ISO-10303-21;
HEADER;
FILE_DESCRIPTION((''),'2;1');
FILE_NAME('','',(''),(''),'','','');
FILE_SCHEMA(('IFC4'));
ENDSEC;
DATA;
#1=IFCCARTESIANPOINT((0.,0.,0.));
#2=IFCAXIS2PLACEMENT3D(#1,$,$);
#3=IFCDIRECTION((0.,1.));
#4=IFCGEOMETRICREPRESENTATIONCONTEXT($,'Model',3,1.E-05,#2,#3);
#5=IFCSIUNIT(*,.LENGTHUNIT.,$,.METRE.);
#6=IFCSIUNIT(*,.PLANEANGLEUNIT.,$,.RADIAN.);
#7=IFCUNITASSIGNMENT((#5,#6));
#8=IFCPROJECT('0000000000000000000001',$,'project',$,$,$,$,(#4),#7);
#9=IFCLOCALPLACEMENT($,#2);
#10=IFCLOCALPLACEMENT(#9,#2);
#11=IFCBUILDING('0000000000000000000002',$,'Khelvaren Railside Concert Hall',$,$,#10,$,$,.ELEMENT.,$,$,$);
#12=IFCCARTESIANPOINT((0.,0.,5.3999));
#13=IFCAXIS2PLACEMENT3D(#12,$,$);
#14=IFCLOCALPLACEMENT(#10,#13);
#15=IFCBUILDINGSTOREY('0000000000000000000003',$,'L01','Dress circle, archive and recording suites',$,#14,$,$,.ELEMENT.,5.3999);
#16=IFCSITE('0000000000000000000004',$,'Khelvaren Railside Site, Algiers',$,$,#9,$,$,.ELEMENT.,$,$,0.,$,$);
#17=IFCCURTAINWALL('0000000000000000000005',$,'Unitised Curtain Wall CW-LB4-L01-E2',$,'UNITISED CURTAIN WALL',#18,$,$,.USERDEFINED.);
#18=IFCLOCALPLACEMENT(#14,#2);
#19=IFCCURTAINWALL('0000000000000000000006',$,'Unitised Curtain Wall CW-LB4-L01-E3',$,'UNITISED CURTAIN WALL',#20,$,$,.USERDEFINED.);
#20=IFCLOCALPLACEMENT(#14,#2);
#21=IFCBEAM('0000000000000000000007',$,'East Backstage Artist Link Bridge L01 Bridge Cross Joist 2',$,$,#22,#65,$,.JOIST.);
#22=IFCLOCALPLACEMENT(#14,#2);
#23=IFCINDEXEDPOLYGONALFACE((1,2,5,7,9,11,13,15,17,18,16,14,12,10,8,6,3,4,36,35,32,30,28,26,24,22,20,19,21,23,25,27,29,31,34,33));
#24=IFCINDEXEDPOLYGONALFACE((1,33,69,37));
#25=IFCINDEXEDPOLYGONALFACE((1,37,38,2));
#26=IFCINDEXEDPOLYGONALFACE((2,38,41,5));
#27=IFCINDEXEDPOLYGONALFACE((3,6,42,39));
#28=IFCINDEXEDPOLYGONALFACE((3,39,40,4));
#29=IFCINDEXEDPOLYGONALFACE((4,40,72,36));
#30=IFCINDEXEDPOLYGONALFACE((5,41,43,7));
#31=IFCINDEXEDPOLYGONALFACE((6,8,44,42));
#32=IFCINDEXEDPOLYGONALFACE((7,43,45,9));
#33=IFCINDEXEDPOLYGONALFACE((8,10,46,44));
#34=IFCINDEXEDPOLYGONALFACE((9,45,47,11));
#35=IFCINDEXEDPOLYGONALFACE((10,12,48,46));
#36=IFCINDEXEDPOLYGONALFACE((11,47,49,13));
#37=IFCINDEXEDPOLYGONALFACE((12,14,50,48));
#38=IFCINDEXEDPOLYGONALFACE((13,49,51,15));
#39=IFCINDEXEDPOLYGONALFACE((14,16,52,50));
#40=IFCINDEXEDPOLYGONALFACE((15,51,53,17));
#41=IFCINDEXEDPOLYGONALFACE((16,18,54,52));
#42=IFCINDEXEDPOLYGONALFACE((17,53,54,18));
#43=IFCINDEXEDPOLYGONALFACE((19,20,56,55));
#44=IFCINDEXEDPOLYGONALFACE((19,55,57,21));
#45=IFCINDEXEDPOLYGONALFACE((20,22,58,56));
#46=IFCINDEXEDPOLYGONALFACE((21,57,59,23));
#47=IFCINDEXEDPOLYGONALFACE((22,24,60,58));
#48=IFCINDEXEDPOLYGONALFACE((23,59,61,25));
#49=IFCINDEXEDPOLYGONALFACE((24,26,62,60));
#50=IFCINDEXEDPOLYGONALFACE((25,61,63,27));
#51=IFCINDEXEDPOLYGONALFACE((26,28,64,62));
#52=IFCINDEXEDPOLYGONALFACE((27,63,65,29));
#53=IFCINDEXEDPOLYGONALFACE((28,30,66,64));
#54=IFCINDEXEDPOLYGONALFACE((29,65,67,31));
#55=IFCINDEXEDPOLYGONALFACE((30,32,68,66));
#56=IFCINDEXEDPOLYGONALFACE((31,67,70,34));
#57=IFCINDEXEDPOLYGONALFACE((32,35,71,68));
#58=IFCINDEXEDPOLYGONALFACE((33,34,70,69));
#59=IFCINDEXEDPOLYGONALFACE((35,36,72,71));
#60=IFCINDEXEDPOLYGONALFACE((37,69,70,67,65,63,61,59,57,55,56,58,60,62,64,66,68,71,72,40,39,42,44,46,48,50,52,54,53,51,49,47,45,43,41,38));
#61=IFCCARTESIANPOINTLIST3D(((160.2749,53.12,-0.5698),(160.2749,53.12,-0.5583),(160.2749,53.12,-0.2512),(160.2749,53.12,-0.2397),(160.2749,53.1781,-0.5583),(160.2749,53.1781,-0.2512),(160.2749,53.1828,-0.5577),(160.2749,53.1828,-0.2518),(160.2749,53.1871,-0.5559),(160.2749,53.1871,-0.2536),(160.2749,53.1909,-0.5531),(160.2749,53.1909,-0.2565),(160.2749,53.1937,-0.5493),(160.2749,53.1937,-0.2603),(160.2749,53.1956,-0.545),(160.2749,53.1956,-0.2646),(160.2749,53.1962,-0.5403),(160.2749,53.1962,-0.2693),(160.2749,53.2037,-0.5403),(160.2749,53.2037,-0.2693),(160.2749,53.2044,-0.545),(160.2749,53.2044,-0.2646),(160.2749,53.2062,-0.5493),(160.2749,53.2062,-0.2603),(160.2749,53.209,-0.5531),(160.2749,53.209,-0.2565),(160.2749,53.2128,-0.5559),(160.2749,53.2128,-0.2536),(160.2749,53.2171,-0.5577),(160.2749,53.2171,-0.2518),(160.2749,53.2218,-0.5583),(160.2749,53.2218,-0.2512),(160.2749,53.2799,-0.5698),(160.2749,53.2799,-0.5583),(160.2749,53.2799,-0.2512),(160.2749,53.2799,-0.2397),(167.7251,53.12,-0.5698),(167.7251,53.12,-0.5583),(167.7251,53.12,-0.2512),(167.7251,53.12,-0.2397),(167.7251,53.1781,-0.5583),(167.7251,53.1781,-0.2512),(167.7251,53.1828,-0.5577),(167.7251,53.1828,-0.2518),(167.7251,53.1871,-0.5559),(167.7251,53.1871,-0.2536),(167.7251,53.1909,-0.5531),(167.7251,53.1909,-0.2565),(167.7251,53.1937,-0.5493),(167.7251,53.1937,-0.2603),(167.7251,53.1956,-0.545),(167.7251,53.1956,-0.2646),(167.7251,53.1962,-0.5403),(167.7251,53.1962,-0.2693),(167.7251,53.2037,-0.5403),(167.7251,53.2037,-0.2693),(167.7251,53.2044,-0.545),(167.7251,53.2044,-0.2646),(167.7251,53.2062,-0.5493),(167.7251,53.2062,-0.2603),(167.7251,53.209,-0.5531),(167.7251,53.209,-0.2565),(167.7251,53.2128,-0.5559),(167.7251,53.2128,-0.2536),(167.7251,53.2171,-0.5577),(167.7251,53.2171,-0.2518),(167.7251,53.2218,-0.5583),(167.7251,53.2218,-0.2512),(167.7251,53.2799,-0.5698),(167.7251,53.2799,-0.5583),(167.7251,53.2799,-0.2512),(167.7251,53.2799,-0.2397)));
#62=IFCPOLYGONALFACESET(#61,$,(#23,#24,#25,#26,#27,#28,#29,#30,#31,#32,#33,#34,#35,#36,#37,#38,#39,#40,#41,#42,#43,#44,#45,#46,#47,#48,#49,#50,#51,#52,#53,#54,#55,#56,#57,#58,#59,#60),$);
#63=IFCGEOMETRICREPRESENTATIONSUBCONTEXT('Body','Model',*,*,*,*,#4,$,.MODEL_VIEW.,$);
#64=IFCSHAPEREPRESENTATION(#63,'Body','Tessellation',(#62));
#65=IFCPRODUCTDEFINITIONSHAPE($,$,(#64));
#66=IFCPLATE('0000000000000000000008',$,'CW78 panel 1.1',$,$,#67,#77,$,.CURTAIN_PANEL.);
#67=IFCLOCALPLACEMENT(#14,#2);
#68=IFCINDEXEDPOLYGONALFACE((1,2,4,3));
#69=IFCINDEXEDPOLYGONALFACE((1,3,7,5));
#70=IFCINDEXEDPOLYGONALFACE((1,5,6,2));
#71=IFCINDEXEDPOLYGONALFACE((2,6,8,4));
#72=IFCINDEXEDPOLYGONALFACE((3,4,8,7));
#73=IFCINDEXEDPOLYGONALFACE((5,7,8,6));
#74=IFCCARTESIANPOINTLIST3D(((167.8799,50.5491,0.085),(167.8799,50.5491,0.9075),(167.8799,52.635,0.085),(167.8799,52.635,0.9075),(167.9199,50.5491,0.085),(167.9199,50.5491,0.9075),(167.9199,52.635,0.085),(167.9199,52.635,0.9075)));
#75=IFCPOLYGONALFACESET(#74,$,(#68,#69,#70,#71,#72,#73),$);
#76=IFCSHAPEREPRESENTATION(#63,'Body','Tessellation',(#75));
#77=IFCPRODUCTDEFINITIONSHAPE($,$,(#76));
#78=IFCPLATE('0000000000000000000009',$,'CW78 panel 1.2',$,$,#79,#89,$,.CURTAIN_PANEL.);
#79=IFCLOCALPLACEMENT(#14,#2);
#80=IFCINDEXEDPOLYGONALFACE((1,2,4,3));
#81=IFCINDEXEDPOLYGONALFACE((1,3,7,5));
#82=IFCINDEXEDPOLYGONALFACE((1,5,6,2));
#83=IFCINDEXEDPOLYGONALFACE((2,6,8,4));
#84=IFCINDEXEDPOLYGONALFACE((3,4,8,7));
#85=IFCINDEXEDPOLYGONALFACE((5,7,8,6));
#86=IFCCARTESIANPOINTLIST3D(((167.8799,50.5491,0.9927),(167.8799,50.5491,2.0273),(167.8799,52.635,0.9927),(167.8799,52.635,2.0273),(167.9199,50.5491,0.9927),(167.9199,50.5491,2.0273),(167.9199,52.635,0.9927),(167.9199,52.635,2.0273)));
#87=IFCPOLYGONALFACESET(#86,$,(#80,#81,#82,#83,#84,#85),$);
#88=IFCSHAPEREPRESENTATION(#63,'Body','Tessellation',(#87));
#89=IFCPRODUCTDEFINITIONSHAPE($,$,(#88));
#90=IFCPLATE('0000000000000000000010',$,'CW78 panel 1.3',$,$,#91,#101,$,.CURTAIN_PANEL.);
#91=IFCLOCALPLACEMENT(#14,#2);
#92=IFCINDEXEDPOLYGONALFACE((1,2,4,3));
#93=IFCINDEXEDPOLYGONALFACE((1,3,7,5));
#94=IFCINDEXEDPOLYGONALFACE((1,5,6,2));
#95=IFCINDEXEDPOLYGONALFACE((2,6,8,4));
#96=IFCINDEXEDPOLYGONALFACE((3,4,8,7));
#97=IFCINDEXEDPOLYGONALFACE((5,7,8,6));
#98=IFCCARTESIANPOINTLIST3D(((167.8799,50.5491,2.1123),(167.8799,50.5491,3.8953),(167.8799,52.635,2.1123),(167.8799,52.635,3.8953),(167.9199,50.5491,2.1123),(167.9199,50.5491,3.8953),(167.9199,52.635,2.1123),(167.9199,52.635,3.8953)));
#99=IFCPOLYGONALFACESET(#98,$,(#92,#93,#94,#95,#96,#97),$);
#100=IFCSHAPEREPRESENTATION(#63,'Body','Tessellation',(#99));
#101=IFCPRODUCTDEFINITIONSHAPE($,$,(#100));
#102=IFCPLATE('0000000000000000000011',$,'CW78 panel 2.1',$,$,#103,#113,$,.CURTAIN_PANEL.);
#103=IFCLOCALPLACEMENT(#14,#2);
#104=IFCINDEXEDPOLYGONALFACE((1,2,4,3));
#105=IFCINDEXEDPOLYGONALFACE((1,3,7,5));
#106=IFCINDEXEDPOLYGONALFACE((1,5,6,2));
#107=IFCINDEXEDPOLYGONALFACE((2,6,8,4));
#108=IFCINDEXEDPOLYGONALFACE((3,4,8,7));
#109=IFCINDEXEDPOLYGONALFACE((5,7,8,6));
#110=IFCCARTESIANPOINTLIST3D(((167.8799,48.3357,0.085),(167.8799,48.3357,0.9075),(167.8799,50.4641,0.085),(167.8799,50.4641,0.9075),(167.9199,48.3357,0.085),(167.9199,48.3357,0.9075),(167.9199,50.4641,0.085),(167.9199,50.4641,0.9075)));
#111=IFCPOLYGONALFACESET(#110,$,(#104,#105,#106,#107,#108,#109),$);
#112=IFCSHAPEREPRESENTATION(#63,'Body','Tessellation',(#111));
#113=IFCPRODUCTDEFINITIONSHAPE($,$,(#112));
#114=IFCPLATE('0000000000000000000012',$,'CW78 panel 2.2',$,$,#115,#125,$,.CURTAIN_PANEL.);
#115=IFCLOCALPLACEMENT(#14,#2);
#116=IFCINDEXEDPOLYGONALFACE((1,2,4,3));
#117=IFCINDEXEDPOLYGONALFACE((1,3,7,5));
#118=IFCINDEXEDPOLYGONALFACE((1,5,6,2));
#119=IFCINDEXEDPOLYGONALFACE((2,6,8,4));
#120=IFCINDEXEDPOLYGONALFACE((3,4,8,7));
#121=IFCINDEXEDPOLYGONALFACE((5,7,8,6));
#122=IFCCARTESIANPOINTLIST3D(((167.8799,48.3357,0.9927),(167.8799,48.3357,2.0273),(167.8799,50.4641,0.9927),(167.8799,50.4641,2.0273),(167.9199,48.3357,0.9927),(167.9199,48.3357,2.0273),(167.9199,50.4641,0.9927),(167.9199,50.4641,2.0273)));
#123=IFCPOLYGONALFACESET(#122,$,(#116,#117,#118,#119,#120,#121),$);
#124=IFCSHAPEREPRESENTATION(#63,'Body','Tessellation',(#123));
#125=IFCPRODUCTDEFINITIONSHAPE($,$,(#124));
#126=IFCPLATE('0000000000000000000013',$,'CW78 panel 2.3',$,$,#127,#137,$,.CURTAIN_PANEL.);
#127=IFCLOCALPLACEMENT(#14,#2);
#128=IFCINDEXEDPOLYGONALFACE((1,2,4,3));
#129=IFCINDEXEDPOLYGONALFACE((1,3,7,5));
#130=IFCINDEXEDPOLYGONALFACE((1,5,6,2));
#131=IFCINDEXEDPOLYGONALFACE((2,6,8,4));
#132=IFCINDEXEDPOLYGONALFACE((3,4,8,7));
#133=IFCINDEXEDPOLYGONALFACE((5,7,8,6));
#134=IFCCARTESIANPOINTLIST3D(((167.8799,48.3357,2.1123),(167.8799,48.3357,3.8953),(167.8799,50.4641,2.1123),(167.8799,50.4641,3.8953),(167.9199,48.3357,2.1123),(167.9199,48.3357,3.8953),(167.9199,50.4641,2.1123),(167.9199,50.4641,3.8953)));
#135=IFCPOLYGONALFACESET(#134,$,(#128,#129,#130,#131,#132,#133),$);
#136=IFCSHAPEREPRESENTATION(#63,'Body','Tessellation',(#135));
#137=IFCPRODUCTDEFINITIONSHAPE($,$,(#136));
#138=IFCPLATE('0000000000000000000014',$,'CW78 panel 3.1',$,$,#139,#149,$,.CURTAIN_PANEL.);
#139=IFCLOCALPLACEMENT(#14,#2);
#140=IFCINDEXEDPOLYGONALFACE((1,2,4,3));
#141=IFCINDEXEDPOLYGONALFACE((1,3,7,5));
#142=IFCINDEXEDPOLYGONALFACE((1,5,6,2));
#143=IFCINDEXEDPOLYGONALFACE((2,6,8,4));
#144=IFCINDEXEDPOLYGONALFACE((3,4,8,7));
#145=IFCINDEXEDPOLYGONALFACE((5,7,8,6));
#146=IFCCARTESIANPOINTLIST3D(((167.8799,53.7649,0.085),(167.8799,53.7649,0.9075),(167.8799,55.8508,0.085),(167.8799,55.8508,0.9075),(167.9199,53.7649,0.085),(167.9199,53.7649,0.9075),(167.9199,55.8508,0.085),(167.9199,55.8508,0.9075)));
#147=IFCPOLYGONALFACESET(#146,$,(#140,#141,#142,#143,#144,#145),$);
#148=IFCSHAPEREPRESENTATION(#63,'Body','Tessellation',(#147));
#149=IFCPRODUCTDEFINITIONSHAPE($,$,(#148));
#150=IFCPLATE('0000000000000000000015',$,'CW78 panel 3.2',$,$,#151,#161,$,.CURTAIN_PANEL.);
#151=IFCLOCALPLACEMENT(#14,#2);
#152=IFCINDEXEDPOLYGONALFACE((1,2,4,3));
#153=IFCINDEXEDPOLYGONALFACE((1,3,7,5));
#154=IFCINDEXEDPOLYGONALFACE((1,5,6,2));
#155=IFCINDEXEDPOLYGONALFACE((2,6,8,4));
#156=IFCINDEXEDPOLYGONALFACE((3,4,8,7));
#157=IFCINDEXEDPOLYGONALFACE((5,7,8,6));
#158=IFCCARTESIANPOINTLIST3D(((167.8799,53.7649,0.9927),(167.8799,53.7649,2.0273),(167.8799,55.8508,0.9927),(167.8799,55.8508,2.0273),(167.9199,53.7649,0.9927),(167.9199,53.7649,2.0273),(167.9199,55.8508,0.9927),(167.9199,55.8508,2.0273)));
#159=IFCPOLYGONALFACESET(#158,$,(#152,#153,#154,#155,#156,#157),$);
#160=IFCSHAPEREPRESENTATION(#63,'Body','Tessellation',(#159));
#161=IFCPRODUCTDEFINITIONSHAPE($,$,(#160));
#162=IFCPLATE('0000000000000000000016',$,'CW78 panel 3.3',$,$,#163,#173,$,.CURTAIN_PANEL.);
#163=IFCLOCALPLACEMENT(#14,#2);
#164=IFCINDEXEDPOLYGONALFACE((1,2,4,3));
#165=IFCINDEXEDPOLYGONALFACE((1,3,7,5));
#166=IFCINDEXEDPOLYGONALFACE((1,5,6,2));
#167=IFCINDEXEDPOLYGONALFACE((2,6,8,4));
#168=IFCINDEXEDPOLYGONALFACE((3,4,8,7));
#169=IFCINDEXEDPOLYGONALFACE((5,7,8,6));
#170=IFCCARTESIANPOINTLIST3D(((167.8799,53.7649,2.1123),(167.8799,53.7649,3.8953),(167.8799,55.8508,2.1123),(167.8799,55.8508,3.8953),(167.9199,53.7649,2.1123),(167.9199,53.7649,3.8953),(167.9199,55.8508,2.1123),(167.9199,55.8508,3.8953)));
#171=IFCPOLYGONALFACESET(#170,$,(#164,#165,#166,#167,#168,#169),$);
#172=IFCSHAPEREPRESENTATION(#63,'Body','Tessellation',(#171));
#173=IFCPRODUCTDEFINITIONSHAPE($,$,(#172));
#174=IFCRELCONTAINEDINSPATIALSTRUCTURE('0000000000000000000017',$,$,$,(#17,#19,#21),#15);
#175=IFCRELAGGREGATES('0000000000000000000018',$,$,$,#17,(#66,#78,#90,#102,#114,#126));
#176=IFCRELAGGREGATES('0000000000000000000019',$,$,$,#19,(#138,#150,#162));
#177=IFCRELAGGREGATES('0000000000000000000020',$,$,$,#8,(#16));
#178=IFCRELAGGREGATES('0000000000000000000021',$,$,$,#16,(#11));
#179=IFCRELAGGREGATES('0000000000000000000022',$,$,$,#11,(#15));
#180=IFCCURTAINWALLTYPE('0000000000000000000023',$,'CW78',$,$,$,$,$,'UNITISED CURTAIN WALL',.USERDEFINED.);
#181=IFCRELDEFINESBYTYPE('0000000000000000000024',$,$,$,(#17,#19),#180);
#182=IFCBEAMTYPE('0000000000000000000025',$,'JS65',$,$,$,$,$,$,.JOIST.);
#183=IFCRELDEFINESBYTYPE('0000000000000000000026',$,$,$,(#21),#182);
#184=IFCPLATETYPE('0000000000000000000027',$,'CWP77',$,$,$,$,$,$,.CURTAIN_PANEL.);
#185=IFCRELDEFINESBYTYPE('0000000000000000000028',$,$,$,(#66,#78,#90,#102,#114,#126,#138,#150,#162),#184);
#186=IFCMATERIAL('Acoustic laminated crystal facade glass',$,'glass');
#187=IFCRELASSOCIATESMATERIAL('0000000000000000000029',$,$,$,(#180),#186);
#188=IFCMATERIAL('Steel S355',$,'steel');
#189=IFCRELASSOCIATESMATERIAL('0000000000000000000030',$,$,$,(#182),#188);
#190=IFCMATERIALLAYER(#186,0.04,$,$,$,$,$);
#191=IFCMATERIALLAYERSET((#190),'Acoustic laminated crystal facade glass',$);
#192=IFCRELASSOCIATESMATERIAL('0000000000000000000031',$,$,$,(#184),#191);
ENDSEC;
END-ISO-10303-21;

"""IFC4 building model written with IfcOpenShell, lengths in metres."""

from ifc_helpers import new_model, si_unit, direction, frame, origin, origin_2d, place, context, subcontext, project, spatial, rectangle, i_section, extrude, material, layer, layer_set, material_profile, profile_set, type_object, element, aggregate, save


model = new_model("IFC4")

# Units and contexts
model_context = context("Model", 3, precision=1e-05, world=origin(), true_north=direction((0.0, 1.0)))
body_context = subcontext(model_context, "Body", "Model", "MODEL_VIEW")
ifc_project = project(units=[si_unit("LENGTHUNIT", "METRE"), si_unit("PLANEANGLEUNIT", "RADIAN")], contexts=[model_context])

# Site, building, storey
site_placement = place(None, origin())
site = spatial("IfcSite", under=ifc_project, at=site_placement, Name="Khelvaren Railside Site, Algiers", CompositionType="ELEMENT", RefElevation=0.0)
building_placement = place(site_placement, origin())
building = spatial("IfcBuilding", under=site, at=building_placement, Name="Khelvaren Railside Concert Hall", CompositionType="ELEMENT")
storey_placement = place(building_placement, frame((0.0, 0.0, 5.3999)))
storey = spatial("IfcBuildingStorey", under=building, at=storey_placement, Name="L01", Description="Dress circle, archive and recording suites", CompositionType="ELEMENT", Elevation=5.3999)

# Shared definitions
ifc_material_1 = material(Name="Steel S355", Category="steel")

# Curtain wall
ifc_material_2 = material(Name="Acoustic laminated crystal facade glass", Category="glass")
curtain_wall_type = type_object("IfcCurtainWallType", Name="CW78", ElementType="UNITISED CURTAIN WALL", PredefinedType="USERDEFINED", material=ifc_material_2)
curtain_wall_1_placement = place(storey_placement, origin())
curtain_wall_1 = element("IfcCurtainWall", 1, at=curtain_wall_1_placement, inside=storey, type_object=curtain_wall_type, Name="Unitised Curtain Wall CW-LB4-L01-E2", ObjectType="UNITISED CURTAIN WALL", PredefinedType="USERDEFINED")

# Curtain wall
curtain_wall_2_placement = place(storey_placement, origin())
curtain_wall_2 = element("IfcCurtainWall", 2, at=curtain_wall_2_placement, inside=storey, type_object=curtain_wall_type, Name="Unitised Curtain Wall CW-LB4-L01-E3", ObjectType="UNITISED CURTAIN WALL", PredefinedType="USERDEFINED")

# Beam
ifc_material_profile_1 = material_profile(ifc_material_1, i_section(OverallWidth=0.1599, OverallDepth=0.3301, WebThickness=0.0076, FlangeThickness=0.0115, FilletRadius=0.0181, at=origin_2d()), Name="IPE 330")
ifc_profile_set_1 = profile_set([ifc_material_profile_1], Name="Steel S355")
beam_type_1 = type_object("IfcBeamType", Name="JS65", PredefinedType="JOIST", material=ifc_profile_set_1)
beam_1_placement = place(storey_placement, frame((160.2749, 53.2, -0.4048), z_axis=(1.0, 0.0, 0.0), x_axis=(0.0, 1.0, 0.0)))
element("IfcBeam", 3, at=beam_1_placement, inside=storey, type_object=beam_type_1, Name="East Backstage Artist Link Bridge L01 Bridge Cross Joist 2", PredefinedType="JOIST", context=body_context, shape_type="SweptSolid", body=[
    extrude(i_section(OverallWidth=0.1599, OverallDepth=0.3301, WebThickness=0.0076, FlangeThickness=0.0115, FilletRadius=0.0181, at=origin_2d()), origin(), (0.0, 0.0, 1.0), 7.4502),
])

# Plates
ifc_layer = layer(ifc_material_2, 0.04)
ifc_layer_set = layer_set([ifc_layer], Name="Acoustic laminated crystal facade glass")
plate_type = type_object("IfcPlateType", Name="CWP77", PredefinedType="CURTAIN_PANEL", material=ifc_layer_set)
plate_1_placement = place(storey_placement, frame((167.8999, 51.592, 0.085), z_axis=(0.0, 0.0, 1.0), x_axis=(0.0, -1.0, 0.0)))
plate_1 = element("IfcPlate", 4, at=plate_1_placement, type_object=plate_type, Name="CW78 panel 1.1", PredefinedType="CURTAIN_PANEL", context=body_context, shape_type="SweptSolid", body=[
    extrude(rectangle(XDim=2.0859, YDim=0.04, at=origin_2d()), origin(), (0.0, 0.0, 1.0), 0.8225),
])
plate_2_placement = place(storey_placement, frame((167.8999, 51.592, 0.9927), z_axis=(0.0, 0.0, 1.0), x_axis=(0.0, -1.0, 0.0)))
plate_2 = element("IfcPlate", 5, at=plate_2_placement, type_object=plate_type, Name="CW78 panel 1.2", PredefinedType="CURTAIN_PANEL", context=body_context, shape_type="SweptSolid", body=[
    extrude(rectangle(XDim=2.0859, YDim=0.04, at=origin_2d()), origin(), (0.0, 0.0, 1.0), 1.0347),
])
plate_3_placement = place(storey_placement, frame((167.8999, 51.592, 2.1123), z_axis=(0.0, 0.0, 1.0), x_axis=(0.0, -1.0, 0.0)))
plate_3 = element("IfcPlate", 6, at=plate_3_placement, type_object=plate_type, Name="CW78 panel 1.3", PredefinedType="CURTAIN_PANEL", context=body_context, shape_type="SweptSolid", body=[
    extrude(rectangle(XDim=2.0859, YDim=0.04, at=origin_2d()), origin(), (0.0, 0.0, 1.0), 1.783),
])
plate_4_placement = place(storey_placement, frame((167.8999, 49.3999, 0.085), z_axis=(0.0, 0.0, 1.0), x_axis=(0.0, -1.0, 0.0)))
plate_4 = element("IfcPlate", 7, at=plate_4_placement, type_object=plate_type, Name="CW78 panel 2.1", PredefinedType="CURTAIN_PANEL", context=body_context, shape_type="SweptSolid", body=[
    extrude(rectangle(XDim=2.1284, YDim=0.04, at=origin_2d()), origin(), (0.0, 0.0, 1.0), 0.8225),
])
plate_5_placement = place(storey_placement, frame((167.8999, 49.3999, 0.9927), z_axis=(0.0, 0.0, 1.0), x_axis=(0.0, -1.0, 0.0)))
plate_5 = element("IfcPlate", 8, at=plate_5_placement, type_object=plate_type, Name="CW78 panel 2.2", PredefinedType="CURTAIN_PANEL", context=body_context, shape_type="SweptSolid", body=[
    extrude(rectangle(XDim=2.1284, YDim=0.04, at=origin_2d()), origin(), (0.0, 0.0, 1.0), 1.0347),
])
plate_6_placement = place(storey_placement, frame((167.8999, 49.3999, 2.1123), z_axis=(0.0, 0.0, 1.0), x_axis=(0.0, -1.0, 0.0)))
plate_6 = element("IfcPlate", 9, at=plate_6_placement, type_object=plate_type, Name="CW78 panel 2.3", PredefinedType="CURTAIN_PANEL", context=body_context, shape_type="SweptSolid", body=[
    extrude(rectangle(XDim=2.1284, YDim=0.04, at=origin_2d()), origin(), (0.0, 0.0, 1.0), 1.783),
])
aggregate(curtain_wall_1, [plate_1, plate_2, plate_3, plate_4, plate_5, plate_6])
plate_7_placement = place(storey_placement, frame((167.8999, 54.8079, 0.085), z_axis=(0.0, 0.0, 1.0), x_axis=(0.0, -1.0, 0.0)))
plate_7 = element("IfcPlate", 10, at=plate_7_placement, type_object=plate_type, Name="CW78 panel 3.1", PredefinedType="CURTAIN_PANEL", context=body_context, shape_type="SweptSolid", body=[
    extrude(rectangle(XDim=2.0859, YDim=0.04, at=origin_2d()), origin(), (0.0, 0.0, 1.0), 0.8225),
])
plate_8_placement = place(storey_placement, frame((167.8999, 54.8079, 0.9927), z_axis=(0.0, 0.0, 1.0), x_axis=(0.0, -1.0, 0.0)))
plate_8 = element("IfcPlate", 11, at=plate_8_placement, type_object=plate_type, Name="CW78 panel 3.2", PredefinedType="CURTAIN_PANEL", context=body_context, shape_type="SweptSolid", body=[
    extrude(rectangle(XDim=2.0859, YDim=0.04, at=origin_2d()), origin(), (0.0, 0.0, 1.0), 1.0347),
])
plate_9_placement = place(storey_placement, frame((167.8999, 54.8079, 2.1123), z_axis=(0.0, 0.0, 1.0), x_axis=(0.0, -1.0, 0.0)))
plate_9 = element("IfcPlate", 12, at=plate_9_placement, type_object=plate_type, Name="CW78 panel 3.3", PredefinedType="CURTAIN_PANEL", context=body_context, shape_type="SweptSolid", body=[
    extrude(rectangle(XDim=2.0859, YDim=0.04, at=origin_2d()), origin(), (0.0, 0.0, 1.0), 1.783),
])
aggregate(curtain_wall_2, [plate_7, plate_8, plate_9])

save(model, "model.ifc")
